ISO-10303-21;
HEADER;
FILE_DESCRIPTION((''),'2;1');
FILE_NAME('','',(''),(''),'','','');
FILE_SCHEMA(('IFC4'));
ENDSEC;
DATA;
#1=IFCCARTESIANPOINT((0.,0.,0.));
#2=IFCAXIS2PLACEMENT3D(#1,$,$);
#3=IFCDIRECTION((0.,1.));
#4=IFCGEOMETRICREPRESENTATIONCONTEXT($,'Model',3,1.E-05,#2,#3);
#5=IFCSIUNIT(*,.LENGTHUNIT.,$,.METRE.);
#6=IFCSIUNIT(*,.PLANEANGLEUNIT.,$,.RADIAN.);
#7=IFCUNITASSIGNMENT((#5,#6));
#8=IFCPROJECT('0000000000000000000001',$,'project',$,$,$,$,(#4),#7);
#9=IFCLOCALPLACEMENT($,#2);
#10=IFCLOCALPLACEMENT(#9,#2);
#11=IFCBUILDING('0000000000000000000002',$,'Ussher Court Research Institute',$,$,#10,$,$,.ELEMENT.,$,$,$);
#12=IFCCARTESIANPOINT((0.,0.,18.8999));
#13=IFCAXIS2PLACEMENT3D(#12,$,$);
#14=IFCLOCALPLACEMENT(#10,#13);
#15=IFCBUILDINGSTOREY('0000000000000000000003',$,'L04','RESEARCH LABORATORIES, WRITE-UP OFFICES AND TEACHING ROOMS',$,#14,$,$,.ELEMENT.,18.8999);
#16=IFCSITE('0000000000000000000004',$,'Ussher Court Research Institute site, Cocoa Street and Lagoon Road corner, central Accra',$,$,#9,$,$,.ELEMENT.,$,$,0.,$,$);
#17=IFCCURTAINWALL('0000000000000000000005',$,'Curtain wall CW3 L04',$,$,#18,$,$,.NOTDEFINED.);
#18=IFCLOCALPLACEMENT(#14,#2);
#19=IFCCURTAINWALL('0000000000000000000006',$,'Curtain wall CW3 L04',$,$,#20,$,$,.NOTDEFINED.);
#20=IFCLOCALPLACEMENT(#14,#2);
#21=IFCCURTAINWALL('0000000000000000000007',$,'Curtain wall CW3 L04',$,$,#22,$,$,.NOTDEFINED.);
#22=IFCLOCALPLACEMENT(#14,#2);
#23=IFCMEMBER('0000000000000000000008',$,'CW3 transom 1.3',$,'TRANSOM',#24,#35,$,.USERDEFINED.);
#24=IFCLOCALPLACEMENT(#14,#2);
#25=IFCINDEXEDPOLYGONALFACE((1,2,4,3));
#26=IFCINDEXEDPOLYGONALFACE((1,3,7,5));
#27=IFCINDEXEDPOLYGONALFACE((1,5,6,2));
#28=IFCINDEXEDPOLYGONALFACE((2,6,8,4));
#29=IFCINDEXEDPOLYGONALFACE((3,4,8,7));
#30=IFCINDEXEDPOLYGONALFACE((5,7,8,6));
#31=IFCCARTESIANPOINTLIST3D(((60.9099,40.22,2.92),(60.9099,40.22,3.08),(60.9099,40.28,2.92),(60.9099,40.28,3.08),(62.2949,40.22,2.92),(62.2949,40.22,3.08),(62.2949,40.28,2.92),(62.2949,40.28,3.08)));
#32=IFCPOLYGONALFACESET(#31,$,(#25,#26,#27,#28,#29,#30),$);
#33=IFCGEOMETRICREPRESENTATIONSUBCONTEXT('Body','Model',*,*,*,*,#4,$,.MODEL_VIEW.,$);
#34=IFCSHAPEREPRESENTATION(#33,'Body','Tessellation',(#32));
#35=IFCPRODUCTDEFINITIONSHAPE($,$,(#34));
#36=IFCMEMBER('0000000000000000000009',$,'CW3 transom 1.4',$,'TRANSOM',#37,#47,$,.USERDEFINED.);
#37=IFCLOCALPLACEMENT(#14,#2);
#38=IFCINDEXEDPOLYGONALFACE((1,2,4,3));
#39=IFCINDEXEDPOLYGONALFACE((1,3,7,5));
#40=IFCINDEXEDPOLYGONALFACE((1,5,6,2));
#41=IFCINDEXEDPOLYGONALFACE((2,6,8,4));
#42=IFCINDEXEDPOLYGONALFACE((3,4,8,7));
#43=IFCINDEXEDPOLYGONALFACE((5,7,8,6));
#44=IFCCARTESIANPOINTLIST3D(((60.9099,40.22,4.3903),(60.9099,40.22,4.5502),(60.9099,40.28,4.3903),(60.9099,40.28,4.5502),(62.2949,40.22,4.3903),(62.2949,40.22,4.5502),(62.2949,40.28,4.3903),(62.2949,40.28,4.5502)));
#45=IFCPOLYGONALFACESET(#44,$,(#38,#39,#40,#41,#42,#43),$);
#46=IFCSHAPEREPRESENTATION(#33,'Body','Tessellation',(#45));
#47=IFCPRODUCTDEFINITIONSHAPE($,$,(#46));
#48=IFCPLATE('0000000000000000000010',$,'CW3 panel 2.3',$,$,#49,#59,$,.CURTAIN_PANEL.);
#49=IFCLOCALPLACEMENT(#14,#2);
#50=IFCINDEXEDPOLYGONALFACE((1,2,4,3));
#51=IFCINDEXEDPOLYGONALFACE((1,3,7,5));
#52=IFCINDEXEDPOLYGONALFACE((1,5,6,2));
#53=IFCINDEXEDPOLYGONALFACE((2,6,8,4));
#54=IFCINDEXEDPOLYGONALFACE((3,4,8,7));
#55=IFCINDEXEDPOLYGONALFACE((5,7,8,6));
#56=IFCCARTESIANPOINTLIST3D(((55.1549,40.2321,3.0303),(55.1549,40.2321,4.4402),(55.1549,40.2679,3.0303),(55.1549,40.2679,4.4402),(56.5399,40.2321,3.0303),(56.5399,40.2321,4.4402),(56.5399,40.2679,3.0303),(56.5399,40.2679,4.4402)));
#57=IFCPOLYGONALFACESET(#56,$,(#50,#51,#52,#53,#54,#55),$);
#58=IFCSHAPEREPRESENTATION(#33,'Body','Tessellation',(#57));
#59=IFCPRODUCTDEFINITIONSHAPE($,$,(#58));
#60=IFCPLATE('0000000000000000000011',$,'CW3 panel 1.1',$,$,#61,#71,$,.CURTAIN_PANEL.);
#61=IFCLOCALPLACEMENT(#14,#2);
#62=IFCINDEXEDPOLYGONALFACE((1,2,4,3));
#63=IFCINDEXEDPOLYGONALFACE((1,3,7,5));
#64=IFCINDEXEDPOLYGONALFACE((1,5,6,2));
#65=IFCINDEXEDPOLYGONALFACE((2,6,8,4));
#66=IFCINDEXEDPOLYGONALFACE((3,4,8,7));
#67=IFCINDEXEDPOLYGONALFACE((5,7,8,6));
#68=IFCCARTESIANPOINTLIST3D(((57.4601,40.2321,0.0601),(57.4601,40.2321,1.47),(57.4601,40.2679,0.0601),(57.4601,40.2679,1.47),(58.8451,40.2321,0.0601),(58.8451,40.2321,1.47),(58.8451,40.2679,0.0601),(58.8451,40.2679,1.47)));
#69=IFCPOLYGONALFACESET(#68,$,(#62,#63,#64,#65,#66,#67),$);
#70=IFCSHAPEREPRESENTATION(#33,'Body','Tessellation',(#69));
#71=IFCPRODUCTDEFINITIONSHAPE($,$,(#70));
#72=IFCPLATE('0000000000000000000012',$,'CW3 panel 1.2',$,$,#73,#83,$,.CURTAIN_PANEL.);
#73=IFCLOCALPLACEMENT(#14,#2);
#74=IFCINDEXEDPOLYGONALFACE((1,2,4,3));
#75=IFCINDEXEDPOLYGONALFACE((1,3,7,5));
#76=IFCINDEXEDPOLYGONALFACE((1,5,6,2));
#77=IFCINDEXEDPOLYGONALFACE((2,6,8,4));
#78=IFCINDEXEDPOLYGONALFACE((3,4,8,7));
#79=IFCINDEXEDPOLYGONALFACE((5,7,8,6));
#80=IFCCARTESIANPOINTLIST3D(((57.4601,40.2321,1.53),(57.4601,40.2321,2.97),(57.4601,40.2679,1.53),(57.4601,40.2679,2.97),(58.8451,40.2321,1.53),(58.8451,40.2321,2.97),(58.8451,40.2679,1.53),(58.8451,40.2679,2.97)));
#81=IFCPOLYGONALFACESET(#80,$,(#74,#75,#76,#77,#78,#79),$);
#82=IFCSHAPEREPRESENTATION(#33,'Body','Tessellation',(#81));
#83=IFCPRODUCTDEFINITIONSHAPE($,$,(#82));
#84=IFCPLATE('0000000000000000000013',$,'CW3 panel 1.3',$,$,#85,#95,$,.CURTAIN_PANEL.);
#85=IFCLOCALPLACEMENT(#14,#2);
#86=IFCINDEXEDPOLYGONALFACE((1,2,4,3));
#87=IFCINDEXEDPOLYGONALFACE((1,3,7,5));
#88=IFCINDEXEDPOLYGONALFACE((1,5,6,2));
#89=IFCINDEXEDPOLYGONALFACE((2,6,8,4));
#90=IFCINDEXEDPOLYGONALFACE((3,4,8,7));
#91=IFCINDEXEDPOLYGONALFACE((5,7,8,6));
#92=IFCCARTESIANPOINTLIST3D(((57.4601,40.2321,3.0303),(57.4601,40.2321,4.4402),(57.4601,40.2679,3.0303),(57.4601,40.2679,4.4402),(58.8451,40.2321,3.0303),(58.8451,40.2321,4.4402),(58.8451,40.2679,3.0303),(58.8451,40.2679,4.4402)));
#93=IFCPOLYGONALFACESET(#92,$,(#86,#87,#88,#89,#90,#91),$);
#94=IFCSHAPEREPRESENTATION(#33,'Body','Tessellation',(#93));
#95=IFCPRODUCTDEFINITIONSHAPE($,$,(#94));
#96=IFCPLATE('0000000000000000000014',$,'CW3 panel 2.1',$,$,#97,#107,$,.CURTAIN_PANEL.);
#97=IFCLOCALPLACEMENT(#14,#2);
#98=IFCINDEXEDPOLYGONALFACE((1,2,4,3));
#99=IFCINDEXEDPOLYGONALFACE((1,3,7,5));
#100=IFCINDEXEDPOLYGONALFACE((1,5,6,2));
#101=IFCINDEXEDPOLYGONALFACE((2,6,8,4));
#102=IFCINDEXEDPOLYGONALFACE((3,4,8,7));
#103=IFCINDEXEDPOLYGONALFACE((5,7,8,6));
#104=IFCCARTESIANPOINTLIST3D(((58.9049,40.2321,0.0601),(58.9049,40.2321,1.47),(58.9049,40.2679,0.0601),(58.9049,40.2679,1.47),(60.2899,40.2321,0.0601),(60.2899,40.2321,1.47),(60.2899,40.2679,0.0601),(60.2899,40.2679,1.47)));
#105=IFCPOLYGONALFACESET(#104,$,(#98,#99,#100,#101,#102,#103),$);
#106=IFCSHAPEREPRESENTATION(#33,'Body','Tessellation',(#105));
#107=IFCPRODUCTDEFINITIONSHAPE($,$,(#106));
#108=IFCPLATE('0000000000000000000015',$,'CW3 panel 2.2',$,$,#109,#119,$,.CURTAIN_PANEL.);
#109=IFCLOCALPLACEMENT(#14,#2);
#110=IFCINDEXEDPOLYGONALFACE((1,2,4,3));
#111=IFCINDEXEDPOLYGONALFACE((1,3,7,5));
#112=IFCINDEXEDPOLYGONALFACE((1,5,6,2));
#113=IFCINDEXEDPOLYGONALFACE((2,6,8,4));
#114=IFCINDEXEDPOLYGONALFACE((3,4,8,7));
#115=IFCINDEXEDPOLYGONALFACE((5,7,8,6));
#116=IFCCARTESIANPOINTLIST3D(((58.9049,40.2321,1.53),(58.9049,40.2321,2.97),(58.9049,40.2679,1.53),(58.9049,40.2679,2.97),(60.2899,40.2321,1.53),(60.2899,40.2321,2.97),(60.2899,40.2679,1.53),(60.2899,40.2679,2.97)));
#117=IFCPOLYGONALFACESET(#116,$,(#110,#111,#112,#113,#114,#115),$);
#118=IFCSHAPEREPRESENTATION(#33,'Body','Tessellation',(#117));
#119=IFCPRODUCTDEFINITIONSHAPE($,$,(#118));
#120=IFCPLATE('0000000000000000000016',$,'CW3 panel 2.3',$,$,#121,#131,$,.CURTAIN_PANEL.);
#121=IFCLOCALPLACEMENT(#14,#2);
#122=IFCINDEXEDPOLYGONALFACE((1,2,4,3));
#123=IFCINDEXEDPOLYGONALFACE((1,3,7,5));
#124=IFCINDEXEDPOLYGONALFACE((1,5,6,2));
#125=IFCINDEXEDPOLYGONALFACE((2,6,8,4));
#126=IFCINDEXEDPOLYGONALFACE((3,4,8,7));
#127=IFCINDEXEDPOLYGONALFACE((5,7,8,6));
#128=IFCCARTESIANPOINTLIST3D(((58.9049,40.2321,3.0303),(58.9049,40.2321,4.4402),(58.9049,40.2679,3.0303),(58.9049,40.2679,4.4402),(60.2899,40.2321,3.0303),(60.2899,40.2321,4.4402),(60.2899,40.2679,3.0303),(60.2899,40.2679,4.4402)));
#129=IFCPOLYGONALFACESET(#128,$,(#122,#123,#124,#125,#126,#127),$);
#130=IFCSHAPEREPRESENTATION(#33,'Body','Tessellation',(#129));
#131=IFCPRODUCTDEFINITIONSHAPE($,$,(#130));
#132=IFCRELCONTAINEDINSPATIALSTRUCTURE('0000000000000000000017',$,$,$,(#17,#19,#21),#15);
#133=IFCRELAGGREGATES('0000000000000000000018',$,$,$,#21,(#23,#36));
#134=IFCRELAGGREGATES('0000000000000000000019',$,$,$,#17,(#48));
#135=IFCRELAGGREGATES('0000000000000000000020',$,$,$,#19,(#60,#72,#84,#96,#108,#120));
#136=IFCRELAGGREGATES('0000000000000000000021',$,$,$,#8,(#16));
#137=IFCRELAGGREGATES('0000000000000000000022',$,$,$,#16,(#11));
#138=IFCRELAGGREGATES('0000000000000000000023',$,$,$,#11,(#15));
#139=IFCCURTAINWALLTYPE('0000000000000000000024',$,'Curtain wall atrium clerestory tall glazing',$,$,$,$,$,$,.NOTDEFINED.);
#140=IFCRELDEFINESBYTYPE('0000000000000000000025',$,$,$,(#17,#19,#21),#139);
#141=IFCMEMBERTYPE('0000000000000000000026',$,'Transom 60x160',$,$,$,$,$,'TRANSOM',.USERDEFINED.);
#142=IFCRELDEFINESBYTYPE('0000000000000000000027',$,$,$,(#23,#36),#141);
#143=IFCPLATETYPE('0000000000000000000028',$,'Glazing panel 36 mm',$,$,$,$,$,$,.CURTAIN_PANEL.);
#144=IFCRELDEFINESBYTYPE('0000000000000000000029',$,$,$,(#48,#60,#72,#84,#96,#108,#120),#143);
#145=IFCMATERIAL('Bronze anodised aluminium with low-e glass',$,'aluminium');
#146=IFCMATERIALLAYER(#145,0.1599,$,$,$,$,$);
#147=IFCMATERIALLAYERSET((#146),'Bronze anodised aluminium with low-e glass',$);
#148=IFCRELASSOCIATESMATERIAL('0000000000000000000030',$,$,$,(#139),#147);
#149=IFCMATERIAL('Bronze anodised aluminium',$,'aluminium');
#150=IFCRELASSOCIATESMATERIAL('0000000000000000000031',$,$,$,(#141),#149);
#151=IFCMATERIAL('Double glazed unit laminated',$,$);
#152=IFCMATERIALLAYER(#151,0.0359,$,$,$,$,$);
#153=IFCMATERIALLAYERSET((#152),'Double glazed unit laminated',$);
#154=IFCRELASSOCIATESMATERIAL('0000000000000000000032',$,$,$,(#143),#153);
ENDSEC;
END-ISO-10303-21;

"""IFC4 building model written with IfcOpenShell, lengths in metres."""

from ifc_helpers import new_model, si_unit, direction, frame, origin, origin_2d, place, context, subcontext, project, spatial, rectangle, extrude, material, layer, layer_set, material_profile, profile_set, type_object, element, aggregate, save


model = new_model("IFC4")

# Units and contexts
model_context = context("Model", 3, precision=1e-05, world=origin(), true_north=direction((0.0, 1.0)))
body_context = subcontext(model_context, "Body", "Model", "MODEL_VIEW")
ifc_project = project(units=[si_unit("LENGTHUNIT", "METRE"), si_unit("PLANEANGLEUNIT", "RADIAN")], contexts=[model_context])

# Site, building, storey
site_placement = place(None, origin())
site = spatial("IfcSite", under=ifc_project, at=site_placement, Name="Ussher Court Research Institute site, Cocoa Street and Lagoon Road corner, central Accra", CompositionType="ELEMENT", RefElevation=0.0)
building_placement = place(site_placement, origin())
building = spatial("IfcBuilding", under=site, at=building_placement, Name="Ussher Court Research Institute", CompositionType="ELEMENT")
storey_placement = place(building_placement, frame((0.0, 0.0, 18.8999)))
storey = spatial("IfcBuildingStorey", under=building, at=storey_placement, Name="L04", Description="RESEARCH LABORATORIES, WRITE-UP OFFICES AND TEACHING ROOMS", CompositionType="ELEMENT", Elevation=18.8999)

# Curtain wall
ifc_material_1 = material(Name="Bronze anodised aluminium with low-e glass", Category="aluminium")
ifc_layer_1 = layer(ifc_material_1, 0.1599)
ifc_layer_set_1 = layer_set([ifc_layer_1], Name="Bronze anodised aluminium with low-e glass")
curtain_wall_type = type_object("IfcCurtainWallType", Name="Curtain wall atrium clerestory tall glazing", PredefinedType="NOTDEFINED", material=ifc_layer_set_1)
curtain_wall_1_placement = place(storey_placement, origin())
curtain_wall_1 = element("IfcCurtainWall", 1, at=curtain_wall_1_placement, inside=storey, type_object=curtain_wall_type, Name="Curtain wall CW3 L04", PredefinedType="NOTDEFINED")

# Curtain wall
curtain_wall_2_placement = place(storey_placement, origin())
curtain_wall_2 = element("IfcCurtainWall", 2, at=curtain_wall_2_placement, inside=storey, type_object=curtain_wall_type, Name="Curtain wall CW3 L04", PredefinedType="NOTDEFINED")

# Curtain wall
curtain_wall_3_placement = place(storey_placement, origin())
curtain_wall_3 = element("IfcCurtainWall", 3, at=curtain_wall_3_placement, inside=storey, type_object=curtain_wall_type, Name="Curtain wall CW3 L04", PredefinedType="NOTDEFINED")

# Members
ifc_material_2 = material(Name="Bronze anodised aluminium", Category="aluminium")
ifc_material_profile_1 = material_profile(ifc_material_2, rectangle(XDim=0.0601, YDim=0.1599, at=origin_2d()), Name="Transom 60x160")
ifc_profile_set_1 = profile_set([ifc_material_profile_1], Name="Bronze anodised aluminium")
member_type_1 = type_object("IfcMemberType", Name="Transom 60x160", ElementType="TRANSOM", PredefinedType="USERDEFINED", material=ifc_profile_set_1)
member_1_placement = place(storey_placement, frame((60.9099, 40.25, 3.0), z_axis=(1.0, 0.0, 0.0), x_axis=(0.0, 1.0, 0.0)))
member_1 = element("IfcMember", 4, at=member_1_placement, type_object=member_type_1, Name="CW3 transom 1.3", ObjectType="TRANSOM", PredefinedType="USERDEFINED", context=body_context, shape_type="SweptSolid", body=[
    extrude(rectangle(XDim=0.0601, YDim=0.1599, at=origin_2d()), origin(), (0.0, 0.0, 1.0), 1.385),
])
member_2_placement = place(storey_placement, frame((60.9099, 40.25, 4.4702), z_axis=(1.0, 0.0, 0.0), x_axis=(0.0, 1.0, 0.0)))
member_2 = element("IfcMember", 5, at=member_2_placement, type_object=member_type_1, Name="CW3 transom 1.4", ObjectType="TRANSOM", PredefinedType="USERDEFINED", context=body_context, shape_type="SweptSolid", body=[
    extrude(rectangle(XDim=0.0601, YDim=0.1599, at=origin_2d()), origin(), (0.0, 0.0, 1.0), 1.385),
])
aggregate(curtain_wall_3, [member_1, member_2])

# Plates
ifc_material_3 = material(Name="Double glazed unit laminated")
ifc_layer_2 = layer(ifc_material_3, 0.0359)
ifc_layer_set_2 = layer_set([ifc_layer_2], Name="Double glazed unit laminated")
plate_type = type_object("IfcPlateType", Name="Glazing panel 36 mm", PredefinedType="CURTAIN_PANEL", material=ifc_layer_set_2)
plate_1_placement = place(storey_placement, frame((55.8474, 40.25, 3.0303), z_axis=(0.0, 0.0, 1.0), x_axis=(1.0, 0.0, 0.0)))
plate_1 = element("IfcPlate", 6, at=plate_1_placement, type_object=plate_type, Name="CW3 panel 2.3", PredefinedType="CURTAIN_PANEL", context=body_context, shape_type="SweptSolid", body=[
    extrude(rectangle(XDim=1.385, YDim=0.0359, at=origin_2d()), origin(), (0.0, 0.0, 1.0), 1.4099),
])
aggregate(curtain_wall_1, [plate_1])
plate_2_placement = place(storey_placement, frame((58.1526, 40.25, 0.0601), z_axis=(0.0, 0.0, 1.0), x_axis=(1.0, 0.0, 0.0)))
plate_2 = element("IfcPlate", 7, at=plate_2_placement, type_object=plate_type, Name="CW3 panel 1.1", PredefinedType="CURTAIN_PANEL", context=body_context, shape_type="SweptSolid", body=[
    extrude(rectangle(XDim=1.385, YDim=0.0359, at=origin_2d()), origin(), (0.0, 0.0, 1.0), 1.4099),
])
plate_3_placement = place(storey_placement, frame((58.1526, 40.25, 1.53), z_axis=(0.0, 0.0, 1.0), x_axis=(1.0, 0.0, 0.0)))
plate_3 = element("IfcPlate", 8, at=plate_3_placement, type_object=plate_type, Name="CW3 panel 1.2", PredefinedType="CURTAIN_PANEL", context=body_context, shape_type="SweptSolid", body=[
    extrude(rectangle(XDim=1.385, YDim=0.0359, at=origin_2d()), origin(), (0.0, 0.0, 1.0), 1.4399),
])
plate_4_placement = place(storey_placement, frame((58.1526, 40.25, 3.0303), z_axis=(0.0, 0.0, 1.0), x_axis=(1.0, 0.0, 0.0)))
plate_4 = element("IfcPlate", 9, at=plate_4_placement, type_object=plate_type, Name="CW3 panel 1.3", PredefinedType="CURTAIN_PANEL", context=body_context, shape_type="SweptSolid", body=[
    extrude(rectangle(XDim=1.385, YDim=0.0359, at=origin_2d()), origin(), (0.0, 0.0, 1.0), 1.4099),
])
plate_5_placement = place(storey_placement, frame((59.5974, 40.25, 0.0601), z_axis=(0.0, 0.0, 1.0), x_axis=(1.0, 0.0, 0.0)))
plate_5 = element("IfcPlate", 10, at=plate_5_placement, type_object=plate_type, Name="CW3 panel 2.1", PredefinedType="CURTAIN_PANEL", context=body_context, shape_type="SweptSolid", body=[
    extrude(rectangle(XDim=1.385, YDim=0.0359, at=origin_2d()), origin(), (0.0, 0.0, 1.0), 1.4099),
])
plate_6_placement = place(storey_placement, frame((59.5974, 40.25, 1.53), z_axis=(0.0, 0.0, 1.0), x_axis=(1.0, 0.0, 0.0)))
plate_6 = element("IfcPlate", 11, at=plate_6_placement, type_object=plate_type, Name="CW3 panel 2.2", PredefinedType="CURTAIN_PANEL", context=body_context, shape_type="SweptSolid", body=[
    extrude(rectangle(XDim=1.385, YDim=0.0359, at=origin_2d()), origin(), (0.0, 0.0, 1.0), 1.4399),
])
plate_7_placement = place(storey_placement, frame((59.5974, 40.25, 3.0303), z_axis=(0.0, 0.0, 1.0), x_axis=(1.0, 0.0, 0.0)))
plate_7 = element("IfcPlate", 12, at=plate_7_placement, type_object=plate_type, Name="CW3 panel 2.3", PredefinedType="CURTAIN_PANEL", context=body_context, shape_type="SweptSolid", body=[
    extrude(rectangle(XDim=1.385, YDim=0.0359, at=origin_2d()), origin(), (0.0, 0.0, 1.0), 1.4099),
])
aggregate(curtain_wall_2, [plate_2, plate_3, plate_4, plate_5, plate_6, plate_7])

save(model, "model.ifc")
